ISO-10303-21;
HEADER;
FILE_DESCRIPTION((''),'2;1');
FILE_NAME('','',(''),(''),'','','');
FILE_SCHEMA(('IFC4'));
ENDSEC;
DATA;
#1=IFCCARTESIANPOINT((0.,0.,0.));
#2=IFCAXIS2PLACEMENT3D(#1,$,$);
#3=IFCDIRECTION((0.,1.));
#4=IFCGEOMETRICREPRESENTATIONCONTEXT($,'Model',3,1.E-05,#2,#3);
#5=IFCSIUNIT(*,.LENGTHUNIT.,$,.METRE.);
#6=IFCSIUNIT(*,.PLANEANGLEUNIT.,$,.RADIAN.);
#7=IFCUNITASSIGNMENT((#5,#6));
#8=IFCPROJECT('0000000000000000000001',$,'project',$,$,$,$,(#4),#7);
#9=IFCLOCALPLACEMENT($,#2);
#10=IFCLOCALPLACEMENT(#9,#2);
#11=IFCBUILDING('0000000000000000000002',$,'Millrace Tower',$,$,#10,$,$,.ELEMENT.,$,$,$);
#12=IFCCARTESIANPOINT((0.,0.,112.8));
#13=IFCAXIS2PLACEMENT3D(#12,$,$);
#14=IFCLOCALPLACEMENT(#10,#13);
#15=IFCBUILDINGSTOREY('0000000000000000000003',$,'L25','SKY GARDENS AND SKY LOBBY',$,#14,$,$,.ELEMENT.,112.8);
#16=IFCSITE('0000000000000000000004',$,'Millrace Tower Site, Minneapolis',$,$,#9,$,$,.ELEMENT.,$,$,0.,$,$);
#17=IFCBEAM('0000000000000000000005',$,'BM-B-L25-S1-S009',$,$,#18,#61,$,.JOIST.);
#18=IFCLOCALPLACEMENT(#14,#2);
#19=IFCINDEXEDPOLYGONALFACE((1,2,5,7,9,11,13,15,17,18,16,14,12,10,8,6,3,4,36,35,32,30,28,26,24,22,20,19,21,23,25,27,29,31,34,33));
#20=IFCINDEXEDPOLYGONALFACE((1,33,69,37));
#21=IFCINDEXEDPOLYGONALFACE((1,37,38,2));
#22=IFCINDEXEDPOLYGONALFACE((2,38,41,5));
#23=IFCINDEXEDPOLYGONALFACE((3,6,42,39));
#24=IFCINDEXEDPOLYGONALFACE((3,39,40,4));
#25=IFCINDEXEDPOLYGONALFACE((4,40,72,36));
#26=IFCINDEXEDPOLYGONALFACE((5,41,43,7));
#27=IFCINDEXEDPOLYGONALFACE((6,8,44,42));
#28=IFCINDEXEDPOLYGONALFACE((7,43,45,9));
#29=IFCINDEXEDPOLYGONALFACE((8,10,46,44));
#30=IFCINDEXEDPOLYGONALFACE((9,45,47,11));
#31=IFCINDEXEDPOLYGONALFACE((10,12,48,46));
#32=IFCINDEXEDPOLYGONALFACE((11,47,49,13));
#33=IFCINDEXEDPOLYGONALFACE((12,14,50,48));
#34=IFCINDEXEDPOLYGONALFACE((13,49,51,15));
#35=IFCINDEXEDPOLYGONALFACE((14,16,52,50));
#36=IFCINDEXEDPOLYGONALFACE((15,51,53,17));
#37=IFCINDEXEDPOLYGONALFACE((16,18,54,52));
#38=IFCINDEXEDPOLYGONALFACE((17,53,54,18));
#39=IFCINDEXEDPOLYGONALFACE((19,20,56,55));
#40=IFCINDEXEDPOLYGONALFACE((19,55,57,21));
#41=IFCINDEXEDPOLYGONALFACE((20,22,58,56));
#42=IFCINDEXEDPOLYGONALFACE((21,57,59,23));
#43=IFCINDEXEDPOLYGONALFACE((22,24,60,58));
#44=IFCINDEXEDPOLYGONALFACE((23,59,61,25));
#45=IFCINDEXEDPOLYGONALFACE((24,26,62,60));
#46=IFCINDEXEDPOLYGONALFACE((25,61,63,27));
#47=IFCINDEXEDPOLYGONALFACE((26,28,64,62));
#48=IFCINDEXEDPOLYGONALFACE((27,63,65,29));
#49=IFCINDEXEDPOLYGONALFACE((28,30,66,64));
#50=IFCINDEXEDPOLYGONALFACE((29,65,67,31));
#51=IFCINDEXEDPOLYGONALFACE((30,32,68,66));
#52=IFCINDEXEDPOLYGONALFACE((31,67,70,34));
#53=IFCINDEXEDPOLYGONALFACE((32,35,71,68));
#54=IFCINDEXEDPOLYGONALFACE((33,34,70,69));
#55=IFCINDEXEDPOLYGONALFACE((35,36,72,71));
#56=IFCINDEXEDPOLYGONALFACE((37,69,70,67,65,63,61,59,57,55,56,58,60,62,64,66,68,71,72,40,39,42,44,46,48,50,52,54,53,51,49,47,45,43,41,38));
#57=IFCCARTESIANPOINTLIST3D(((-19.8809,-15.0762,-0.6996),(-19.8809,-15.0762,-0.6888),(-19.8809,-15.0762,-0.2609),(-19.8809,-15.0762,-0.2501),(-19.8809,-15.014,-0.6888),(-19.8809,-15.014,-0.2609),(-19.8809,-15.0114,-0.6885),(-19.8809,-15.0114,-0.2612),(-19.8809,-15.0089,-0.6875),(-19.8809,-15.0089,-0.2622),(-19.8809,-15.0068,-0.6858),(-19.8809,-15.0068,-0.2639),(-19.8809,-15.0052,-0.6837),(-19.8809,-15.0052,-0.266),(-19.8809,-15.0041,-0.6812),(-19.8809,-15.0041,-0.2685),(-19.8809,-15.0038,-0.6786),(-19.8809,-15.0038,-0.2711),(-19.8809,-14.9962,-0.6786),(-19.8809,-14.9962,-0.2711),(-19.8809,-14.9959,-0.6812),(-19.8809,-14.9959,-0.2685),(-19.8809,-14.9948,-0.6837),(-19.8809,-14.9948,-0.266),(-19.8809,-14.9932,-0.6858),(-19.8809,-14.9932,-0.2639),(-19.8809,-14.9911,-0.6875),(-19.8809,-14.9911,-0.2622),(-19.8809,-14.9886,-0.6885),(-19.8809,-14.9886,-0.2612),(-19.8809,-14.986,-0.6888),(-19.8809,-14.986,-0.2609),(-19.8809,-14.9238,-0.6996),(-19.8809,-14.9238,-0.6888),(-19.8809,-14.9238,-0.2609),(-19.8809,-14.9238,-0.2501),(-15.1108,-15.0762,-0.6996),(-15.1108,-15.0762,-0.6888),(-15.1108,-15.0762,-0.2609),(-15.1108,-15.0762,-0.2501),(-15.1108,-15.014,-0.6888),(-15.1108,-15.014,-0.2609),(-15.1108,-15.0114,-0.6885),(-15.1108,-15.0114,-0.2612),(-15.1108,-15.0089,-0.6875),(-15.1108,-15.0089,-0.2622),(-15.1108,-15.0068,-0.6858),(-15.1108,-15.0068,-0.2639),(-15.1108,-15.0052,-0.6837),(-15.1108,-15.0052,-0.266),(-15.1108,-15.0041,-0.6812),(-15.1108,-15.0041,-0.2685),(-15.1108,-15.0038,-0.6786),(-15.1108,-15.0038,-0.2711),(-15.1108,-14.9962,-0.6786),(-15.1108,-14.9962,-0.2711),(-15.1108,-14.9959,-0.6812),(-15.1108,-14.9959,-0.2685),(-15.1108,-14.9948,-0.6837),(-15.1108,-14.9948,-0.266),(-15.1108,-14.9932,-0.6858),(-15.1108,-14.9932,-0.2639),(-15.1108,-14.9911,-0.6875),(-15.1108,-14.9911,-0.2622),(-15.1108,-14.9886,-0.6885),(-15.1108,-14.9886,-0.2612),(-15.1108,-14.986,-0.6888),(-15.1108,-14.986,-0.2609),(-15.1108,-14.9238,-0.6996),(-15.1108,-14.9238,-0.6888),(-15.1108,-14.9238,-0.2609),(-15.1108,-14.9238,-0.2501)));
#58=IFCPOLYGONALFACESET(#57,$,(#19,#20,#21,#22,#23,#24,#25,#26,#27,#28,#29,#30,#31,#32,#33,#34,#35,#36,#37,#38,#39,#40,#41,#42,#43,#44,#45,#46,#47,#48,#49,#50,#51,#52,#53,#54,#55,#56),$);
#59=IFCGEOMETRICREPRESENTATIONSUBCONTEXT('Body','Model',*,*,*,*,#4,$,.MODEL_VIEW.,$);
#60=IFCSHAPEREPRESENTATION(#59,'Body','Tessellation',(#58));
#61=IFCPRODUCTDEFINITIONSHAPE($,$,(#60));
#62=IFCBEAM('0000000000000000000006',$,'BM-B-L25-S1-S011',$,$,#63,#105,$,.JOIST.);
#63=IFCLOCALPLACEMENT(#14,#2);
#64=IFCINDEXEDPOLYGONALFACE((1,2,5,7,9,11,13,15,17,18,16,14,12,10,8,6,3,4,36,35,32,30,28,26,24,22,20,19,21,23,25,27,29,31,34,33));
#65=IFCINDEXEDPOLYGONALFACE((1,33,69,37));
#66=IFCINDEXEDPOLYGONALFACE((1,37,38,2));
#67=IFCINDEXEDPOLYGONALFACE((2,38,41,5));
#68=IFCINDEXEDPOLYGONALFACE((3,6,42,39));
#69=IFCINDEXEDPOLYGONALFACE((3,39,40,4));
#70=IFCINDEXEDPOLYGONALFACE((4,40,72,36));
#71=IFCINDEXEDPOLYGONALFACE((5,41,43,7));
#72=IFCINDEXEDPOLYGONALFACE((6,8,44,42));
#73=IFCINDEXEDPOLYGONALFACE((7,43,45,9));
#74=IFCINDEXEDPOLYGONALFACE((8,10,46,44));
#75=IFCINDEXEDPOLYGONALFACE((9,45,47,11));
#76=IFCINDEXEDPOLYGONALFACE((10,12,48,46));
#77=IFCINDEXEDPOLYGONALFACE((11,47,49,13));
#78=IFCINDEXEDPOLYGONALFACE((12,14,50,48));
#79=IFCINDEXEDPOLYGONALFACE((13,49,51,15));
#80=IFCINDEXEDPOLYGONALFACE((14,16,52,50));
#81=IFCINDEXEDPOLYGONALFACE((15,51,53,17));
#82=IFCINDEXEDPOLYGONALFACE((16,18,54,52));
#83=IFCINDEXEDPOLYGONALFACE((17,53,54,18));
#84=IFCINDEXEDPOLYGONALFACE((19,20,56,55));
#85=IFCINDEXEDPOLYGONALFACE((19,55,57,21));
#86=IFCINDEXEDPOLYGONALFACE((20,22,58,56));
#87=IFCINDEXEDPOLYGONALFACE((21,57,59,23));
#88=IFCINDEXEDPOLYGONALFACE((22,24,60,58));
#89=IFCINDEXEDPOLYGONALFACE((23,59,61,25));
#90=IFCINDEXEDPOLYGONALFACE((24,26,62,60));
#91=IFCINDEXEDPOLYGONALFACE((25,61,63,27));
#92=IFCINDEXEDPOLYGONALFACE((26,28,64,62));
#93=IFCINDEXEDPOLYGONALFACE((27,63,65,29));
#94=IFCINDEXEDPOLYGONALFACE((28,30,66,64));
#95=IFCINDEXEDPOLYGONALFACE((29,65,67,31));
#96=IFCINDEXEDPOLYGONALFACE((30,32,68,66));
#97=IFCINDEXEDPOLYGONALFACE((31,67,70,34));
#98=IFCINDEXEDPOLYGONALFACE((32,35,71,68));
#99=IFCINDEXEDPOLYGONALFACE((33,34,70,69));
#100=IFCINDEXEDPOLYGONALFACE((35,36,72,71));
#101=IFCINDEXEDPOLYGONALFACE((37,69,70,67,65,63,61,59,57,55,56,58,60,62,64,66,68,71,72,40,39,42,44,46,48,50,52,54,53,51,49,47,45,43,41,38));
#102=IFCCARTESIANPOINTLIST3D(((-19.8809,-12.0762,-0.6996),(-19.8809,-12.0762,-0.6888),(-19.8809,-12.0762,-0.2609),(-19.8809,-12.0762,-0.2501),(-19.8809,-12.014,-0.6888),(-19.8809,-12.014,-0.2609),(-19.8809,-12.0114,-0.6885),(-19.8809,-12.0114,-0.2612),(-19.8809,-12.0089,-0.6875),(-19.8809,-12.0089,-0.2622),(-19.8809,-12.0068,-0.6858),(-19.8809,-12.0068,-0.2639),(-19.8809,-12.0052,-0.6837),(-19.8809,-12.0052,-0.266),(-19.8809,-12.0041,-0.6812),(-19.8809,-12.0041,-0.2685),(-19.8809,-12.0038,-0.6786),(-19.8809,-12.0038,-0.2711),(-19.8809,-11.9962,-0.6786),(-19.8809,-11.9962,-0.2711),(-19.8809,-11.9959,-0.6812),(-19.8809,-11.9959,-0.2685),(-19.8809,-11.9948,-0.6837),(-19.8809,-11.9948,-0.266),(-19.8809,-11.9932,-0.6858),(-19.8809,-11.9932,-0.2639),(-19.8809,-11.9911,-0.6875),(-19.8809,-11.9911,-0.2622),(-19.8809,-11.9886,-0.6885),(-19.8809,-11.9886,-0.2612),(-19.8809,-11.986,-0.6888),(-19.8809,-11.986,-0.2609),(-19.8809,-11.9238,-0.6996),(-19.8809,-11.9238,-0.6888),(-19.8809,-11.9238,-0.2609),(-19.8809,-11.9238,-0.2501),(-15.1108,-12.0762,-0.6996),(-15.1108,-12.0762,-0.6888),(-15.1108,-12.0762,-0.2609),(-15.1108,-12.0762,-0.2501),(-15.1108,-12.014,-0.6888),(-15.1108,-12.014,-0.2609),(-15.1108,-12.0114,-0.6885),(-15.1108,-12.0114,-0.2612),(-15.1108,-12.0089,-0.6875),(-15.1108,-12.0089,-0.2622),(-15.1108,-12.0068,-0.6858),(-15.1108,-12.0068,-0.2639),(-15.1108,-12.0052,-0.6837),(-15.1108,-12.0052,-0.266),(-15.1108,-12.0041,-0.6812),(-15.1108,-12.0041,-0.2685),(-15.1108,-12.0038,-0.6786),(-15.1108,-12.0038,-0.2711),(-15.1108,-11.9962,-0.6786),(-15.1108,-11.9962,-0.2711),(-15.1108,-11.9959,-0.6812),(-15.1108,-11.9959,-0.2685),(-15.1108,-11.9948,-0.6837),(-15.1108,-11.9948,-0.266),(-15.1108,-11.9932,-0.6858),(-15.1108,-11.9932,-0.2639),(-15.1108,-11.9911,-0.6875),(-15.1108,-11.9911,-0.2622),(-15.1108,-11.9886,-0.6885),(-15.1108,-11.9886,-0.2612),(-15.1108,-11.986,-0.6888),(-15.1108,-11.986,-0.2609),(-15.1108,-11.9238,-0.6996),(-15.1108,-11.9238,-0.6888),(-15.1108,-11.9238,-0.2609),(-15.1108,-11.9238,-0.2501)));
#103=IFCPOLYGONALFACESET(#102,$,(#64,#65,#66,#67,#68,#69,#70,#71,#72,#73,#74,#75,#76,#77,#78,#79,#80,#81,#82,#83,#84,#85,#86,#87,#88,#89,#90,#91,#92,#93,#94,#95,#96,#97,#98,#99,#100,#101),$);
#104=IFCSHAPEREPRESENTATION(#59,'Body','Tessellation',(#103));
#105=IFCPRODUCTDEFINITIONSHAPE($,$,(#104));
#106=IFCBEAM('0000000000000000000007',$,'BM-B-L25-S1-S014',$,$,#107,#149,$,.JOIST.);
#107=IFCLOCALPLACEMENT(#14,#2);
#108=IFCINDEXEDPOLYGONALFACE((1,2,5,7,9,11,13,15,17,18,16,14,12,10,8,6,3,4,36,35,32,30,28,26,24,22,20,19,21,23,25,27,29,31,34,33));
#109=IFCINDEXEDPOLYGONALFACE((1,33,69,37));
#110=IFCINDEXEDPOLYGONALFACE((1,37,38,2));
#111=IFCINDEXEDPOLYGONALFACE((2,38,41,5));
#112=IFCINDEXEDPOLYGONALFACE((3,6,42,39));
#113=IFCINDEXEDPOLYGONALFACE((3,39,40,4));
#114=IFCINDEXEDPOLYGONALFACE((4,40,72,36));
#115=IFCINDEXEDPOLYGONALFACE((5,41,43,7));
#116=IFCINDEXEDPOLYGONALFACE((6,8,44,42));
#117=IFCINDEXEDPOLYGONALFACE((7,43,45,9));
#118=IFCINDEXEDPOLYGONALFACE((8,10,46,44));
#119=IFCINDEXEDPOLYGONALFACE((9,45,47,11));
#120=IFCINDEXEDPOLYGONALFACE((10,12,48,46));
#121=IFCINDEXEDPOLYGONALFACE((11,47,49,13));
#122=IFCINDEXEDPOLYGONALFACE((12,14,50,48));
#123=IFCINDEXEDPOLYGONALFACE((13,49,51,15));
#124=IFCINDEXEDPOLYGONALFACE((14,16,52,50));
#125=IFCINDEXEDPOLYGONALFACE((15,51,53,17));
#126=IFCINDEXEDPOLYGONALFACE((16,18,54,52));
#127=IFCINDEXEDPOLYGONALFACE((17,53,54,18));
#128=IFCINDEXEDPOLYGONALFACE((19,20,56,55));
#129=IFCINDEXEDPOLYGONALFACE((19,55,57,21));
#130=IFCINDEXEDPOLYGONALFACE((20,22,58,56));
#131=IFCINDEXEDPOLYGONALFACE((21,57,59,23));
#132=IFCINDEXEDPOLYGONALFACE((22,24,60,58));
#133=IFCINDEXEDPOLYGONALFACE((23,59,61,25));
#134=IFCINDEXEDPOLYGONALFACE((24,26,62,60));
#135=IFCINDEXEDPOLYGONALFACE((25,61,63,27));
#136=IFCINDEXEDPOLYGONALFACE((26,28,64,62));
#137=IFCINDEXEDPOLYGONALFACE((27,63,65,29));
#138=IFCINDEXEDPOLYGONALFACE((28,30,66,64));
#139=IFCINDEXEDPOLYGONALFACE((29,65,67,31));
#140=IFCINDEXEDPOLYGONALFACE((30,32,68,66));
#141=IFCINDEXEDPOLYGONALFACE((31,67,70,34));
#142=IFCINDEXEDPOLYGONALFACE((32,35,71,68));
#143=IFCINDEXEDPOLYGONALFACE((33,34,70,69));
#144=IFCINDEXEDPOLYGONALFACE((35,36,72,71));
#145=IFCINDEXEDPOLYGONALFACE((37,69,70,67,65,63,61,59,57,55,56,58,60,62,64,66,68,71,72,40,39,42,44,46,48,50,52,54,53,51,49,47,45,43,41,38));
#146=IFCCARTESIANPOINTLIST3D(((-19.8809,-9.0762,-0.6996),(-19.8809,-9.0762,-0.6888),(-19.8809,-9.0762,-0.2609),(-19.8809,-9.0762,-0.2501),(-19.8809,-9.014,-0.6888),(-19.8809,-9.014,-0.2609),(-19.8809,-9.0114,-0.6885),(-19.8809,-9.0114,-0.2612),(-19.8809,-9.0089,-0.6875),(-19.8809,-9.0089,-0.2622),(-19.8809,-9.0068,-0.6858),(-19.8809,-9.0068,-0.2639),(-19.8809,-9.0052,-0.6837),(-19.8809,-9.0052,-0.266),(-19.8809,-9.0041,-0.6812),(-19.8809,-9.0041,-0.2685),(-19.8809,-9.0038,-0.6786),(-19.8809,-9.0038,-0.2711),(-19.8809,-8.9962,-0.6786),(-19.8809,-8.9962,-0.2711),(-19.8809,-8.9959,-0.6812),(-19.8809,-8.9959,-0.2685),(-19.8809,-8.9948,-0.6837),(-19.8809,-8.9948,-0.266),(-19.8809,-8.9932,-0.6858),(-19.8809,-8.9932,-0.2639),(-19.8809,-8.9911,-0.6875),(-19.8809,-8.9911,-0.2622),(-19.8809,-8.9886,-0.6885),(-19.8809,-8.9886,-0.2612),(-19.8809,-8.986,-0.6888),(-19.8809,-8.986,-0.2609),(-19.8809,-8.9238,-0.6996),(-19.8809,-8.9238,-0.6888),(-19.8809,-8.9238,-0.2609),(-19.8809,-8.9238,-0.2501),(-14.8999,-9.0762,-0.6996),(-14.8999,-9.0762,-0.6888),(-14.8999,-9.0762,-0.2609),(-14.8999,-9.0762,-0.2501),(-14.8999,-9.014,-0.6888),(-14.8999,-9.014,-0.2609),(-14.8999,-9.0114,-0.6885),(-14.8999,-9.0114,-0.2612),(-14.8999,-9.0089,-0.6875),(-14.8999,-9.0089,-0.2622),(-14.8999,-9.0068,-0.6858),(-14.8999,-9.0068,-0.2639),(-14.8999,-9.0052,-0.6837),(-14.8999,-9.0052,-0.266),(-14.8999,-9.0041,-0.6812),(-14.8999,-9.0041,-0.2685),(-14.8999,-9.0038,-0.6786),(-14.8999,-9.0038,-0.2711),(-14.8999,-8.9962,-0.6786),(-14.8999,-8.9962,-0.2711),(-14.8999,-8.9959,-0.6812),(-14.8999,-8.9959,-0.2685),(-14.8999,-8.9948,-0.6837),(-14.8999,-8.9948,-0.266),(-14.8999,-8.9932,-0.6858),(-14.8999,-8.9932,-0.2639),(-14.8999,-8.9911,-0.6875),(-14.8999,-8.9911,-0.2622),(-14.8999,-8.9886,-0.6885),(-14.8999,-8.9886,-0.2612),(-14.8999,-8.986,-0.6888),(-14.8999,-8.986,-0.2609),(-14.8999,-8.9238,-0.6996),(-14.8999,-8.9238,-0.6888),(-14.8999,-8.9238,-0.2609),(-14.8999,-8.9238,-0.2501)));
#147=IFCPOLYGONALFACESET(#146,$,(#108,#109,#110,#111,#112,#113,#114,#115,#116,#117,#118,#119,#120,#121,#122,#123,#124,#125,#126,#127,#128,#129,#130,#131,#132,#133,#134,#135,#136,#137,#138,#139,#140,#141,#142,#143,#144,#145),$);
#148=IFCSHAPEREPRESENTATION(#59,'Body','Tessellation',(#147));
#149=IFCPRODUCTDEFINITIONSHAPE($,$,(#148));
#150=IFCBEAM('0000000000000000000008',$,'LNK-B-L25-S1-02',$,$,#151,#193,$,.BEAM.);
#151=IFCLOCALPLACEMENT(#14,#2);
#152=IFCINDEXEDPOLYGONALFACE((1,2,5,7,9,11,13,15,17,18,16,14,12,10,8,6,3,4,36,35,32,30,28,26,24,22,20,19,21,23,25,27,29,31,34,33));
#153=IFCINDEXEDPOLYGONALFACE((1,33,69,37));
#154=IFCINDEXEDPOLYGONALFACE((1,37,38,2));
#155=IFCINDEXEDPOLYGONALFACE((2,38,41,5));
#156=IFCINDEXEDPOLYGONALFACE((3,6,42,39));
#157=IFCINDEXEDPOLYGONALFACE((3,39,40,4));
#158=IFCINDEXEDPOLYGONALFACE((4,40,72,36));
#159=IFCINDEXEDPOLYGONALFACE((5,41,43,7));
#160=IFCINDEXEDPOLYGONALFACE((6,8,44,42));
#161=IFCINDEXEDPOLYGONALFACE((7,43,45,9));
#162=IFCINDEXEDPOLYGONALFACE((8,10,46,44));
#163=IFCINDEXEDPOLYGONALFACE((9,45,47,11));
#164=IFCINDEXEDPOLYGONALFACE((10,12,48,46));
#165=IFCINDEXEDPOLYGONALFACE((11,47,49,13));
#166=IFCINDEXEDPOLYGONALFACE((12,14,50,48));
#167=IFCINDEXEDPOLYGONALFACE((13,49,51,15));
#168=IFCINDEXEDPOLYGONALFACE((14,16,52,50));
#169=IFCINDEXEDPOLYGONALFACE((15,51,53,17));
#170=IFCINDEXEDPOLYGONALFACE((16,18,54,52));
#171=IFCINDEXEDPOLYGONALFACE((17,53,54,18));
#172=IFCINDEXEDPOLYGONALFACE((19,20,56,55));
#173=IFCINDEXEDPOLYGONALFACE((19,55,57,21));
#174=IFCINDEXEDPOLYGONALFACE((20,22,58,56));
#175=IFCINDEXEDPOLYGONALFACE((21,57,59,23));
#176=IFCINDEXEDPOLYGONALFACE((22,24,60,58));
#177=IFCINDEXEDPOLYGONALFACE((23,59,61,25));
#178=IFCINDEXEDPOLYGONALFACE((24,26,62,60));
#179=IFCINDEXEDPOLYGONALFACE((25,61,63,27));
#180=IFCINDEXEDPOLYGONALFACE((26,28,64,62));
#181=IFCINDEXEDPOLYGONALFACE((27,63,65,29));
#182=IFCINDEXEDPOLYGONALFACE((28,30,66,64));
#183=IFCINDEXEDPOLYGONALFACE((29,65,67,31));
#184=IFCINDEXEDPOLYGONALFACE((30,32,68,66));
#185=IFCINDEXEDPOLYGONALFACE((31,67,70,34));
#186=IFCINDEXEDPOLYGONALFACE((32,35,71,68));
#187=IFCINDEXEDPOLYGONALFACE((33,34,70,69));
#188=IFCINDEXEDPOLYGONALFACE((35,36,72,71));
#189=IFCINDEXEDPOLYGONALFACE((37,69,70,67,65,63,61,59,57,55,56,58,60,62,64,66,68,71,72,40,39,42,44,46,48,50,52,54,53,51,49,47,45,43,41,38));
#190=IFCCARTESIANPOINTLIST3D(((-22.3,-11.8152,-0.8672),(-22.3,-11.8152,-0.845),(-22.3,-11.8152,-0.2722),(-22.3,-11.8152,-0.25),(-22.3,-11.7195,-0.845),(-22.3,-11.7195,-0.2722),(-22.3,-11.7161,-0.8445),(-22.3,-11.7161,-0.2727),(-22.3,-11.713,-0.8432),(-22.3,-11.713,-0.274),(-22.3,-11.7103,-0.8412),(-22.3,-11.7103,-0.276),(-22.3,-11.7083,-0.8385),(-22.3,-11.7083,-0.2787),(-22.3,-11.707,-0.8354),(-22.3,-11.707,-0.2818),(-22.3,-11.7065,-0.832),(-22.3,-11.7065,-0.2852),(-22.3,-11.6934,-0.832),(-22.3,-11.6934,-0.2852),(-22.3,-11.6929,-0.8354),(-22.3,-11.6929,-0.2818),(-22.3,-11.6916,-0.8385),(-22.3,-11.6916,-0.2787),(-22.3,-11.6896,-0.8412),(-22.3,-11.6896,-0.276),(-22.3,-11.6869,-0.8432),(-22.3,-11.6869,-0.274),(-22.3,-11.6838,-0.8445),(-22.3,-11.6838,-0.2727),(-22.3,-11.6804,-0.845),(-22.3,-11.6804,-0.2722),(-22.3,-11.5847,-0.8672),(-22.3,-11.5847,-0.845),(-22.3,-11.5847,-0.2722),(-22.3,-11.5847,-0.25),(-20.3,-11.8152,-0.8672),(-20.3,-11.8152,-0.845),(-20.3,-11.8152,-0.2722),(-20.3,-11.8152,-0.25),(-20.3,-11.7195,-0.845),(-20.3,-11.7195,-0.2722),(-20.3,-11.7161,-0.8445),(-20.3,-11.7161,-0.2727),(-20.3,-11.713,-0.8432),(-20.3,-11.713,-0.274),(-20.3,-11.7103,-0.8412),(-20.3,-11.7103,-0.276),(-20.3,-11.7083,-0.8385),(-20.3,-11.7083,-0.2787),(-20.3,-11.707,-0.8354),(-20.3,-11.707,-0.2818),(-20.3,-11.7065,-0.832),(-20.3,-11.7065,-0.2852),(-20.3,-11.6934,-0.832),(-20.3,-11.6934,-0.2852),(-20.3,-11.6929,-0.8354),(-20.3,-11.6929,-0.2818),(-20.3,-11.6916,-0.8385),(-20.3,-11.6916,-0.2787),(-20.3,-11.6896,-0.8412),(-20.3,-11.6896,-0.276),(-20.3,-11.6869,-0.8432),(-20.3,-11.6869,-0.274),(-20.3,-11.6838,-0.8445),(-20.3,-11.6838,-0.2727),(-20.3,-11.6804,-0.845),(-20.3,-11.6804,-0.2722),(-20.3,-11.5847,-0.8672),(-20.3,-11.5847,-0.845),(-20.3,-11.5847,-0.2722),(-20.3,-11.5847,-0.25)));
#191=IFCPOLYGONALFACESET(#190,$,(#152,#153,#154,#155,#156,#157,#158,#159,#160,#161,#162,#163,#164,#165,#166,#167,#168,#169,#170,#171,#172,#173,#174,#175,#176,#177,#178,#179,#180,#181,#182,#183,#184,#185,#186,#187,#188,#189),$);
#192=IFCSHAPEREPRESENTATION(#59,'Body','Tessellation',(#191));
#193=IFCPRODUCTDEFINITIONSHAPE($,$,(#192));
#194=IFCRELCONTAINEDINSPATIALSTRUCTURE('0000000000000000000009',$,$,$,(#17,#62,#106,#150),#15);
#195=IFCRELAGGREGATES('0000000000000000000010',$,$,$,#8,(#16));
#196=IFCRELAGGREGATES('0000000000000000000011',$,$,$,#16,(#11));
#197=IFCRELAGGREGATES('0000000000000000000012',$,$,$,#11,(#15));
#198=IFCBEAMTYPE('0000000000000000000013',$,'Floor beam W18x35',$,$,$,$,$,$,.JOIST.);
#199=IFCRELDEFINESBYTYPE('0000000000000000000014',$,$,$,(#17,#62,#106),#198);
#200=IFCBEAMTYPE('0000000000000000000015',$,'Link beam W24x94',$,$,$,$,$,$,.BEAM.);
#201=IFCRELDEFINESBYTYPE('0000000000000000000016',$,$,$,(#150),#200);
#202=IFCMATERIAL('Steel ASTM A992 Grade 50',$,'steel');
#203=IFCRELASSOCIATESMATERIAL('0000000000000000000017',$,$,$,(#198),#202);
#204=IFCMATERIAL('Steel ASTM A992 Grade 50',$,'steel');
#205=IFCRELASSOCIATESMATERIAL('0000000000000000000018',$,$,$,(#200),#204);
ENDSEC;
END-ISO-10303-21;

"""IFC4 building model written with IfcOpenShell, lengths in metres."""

from ifc_helpers import new_model, si_unit, direction, frame, origin, origin_2d, place, context, subcontext, project, spatial, i_section, extrude, material, material_profile, profile_set, type_object, element, save


model = new_model("IFC4")

# Units and contexts
model_context = context("Model", 3, precision=1e-05, world=origin(), true_north=direction((0.0, 1.0)))
body_context = subcontext(model_context, "Body", "Model", "MODEL_VIEW")
ifc_project = project(units=[si_unit("LENGTHUNIT", "METRE"), si_unit("PLANEANGLEUNIT", "RADIAN")], contexts=[model_context])

# Site, building, storey
site_placement = place(None, origin())
site = spatial("IfcSite", under=ifc_project, at=site_placement, Name="Millrace Tower Site, Minneapolis", CompositionType="ELEMENT", RefElevation=0.0)
building_placement = place(site_placement, origin())
building = spatial("IfcBuilding", under=site, at=building_placement, Name="Millrace Tower", CompositionType="ELEMENT")
storey_placement = place(building_placement, frame((0.0, 0.0, 112.8)))
storey = spatial("IfcBuildingStorey", under=building, at=storey_placement, Name="L25", Description="SKY GARDENS AND SKY LOBBY", CompositionType="ELEMENT", Elevation=112.8)

# Beams
ifc_material_1 = material(Name="Steel ASTM A992 Grade 50", Category="steel")
ifc_material_profile_1 = material_profile(ifc_material_1, i_section(OverallWidth=0.1523, OverallDepth=0.4495, WebThickness=0.0076, FlangeThickness=0.0107, FilletRadius=0.0103, at=origin_2d()))
ifc_profile_set_1 = profile_set([ifc_material_profile_1], Name="Steel ASTM A992 Grade 50")
beam_type_1 = type_object("IfcBeamType", Name="Floor beam W18x35", PredefinedType="JOIST", material=ifc_profile_set_1)
for number, where, z_axis, x_axis, name in (
    (1, (-19.8809, -15.0, -0.4749), (1.0, 0.0, 0.0), (0.0, 1.0, 0.0), "BM-B-L25-S1-S009"),
    (2, (-19.8809, -12.0, -0.4749), (1.0, 0.0, 0.0), (0.0, 1.0, 0.0), "BM-B-L25-S1-S011"),
):
    element("IfcBeam", number, at=place(storey_placement, frame(where, z_axis=z_axis, x_axis=x_axis)), inside=storey, type_object=beam_type_1, Name=name, PredefinedType="JOIST", context=body_context, shape_type="SweptSolid", body=[
        extrude(i_section(OverallWidth=0.1523, OverallDepth=0.4495, WebThickness=0.0076, FlangeThickness=0.0107, FilletRadius=0.0103, at=origin_2d()), origin(), (0.0, 0.0, 1.0), 4.77),
    ])
beam_1_placement = place(storey_placement, frame((-19.8809, -9.0, -0.4749), z_axis=(1.0, 0.0, 0.0), x_axis=(0.0, 1.0, 0.0)))
element("IfcBeam", 3, at=beam_1_placement, inside=storey, type_object=beam_type_1, Name="BM-B-L25-S1-S014", PredefinedType="JOIST", context=body_context, shape_type="SweptSolid", body=[
    extrude(i_section(OverallWidth=0.1523, OverallDepth=0.4495, WebThickness=0.0076, FlangeThickness=0.0107, FilletRadius=0.0103, at=origin_2d()), origin(), (0.0, 0.0, 1.0), 4.981),
])
ifc_material_2 = material(Name="Steel ASTM A992 Grade 50", Category="steel")
ifc_material_profile_2 = material_profile(ifc_material_2, i_section(OverallWidth=0.2305, OverallDepth=0.6172, WebThickness=0.0132, FlangeThickness=0.0222, FilletRadius=0.0129, at=origin_2d()))
ifc_profile_set_2 = profile_set([ifc_material_profile_2], Name="Steel ASTM A992 Grade 50")
beam_type_2 = type_object("IfcBeamType", Name="Link beam W24x94", PredefinedType="BEAM", material=ifc_profile_set_2)
beam_2_placement = place(storey_placement, frame((-20.3, -11.7, -0.5586), z_axis=(-1.0, 0.0, 0.0), x_axis=(0.0, -1.0, 0.0)))
element("IfcBeam", 4, at=beam_2_placement, inside=storey, type_object=beam_type_2, Name="LNK-B-L25-S1-02", PredefinedType="BEAM", context=body_context, shape_type="SweptSolid", body=[
    extrude(i_section(OverallWidth=0.2305, OverallDepth=0.6172, WebThickness=0.0132, FlangeThickness=0.0222, FilletRadius=0.0129, at=origin_2d()), origin(), (0.0, 0.0, 1.0), 2.0),
])

save(model, "model.ifc")
